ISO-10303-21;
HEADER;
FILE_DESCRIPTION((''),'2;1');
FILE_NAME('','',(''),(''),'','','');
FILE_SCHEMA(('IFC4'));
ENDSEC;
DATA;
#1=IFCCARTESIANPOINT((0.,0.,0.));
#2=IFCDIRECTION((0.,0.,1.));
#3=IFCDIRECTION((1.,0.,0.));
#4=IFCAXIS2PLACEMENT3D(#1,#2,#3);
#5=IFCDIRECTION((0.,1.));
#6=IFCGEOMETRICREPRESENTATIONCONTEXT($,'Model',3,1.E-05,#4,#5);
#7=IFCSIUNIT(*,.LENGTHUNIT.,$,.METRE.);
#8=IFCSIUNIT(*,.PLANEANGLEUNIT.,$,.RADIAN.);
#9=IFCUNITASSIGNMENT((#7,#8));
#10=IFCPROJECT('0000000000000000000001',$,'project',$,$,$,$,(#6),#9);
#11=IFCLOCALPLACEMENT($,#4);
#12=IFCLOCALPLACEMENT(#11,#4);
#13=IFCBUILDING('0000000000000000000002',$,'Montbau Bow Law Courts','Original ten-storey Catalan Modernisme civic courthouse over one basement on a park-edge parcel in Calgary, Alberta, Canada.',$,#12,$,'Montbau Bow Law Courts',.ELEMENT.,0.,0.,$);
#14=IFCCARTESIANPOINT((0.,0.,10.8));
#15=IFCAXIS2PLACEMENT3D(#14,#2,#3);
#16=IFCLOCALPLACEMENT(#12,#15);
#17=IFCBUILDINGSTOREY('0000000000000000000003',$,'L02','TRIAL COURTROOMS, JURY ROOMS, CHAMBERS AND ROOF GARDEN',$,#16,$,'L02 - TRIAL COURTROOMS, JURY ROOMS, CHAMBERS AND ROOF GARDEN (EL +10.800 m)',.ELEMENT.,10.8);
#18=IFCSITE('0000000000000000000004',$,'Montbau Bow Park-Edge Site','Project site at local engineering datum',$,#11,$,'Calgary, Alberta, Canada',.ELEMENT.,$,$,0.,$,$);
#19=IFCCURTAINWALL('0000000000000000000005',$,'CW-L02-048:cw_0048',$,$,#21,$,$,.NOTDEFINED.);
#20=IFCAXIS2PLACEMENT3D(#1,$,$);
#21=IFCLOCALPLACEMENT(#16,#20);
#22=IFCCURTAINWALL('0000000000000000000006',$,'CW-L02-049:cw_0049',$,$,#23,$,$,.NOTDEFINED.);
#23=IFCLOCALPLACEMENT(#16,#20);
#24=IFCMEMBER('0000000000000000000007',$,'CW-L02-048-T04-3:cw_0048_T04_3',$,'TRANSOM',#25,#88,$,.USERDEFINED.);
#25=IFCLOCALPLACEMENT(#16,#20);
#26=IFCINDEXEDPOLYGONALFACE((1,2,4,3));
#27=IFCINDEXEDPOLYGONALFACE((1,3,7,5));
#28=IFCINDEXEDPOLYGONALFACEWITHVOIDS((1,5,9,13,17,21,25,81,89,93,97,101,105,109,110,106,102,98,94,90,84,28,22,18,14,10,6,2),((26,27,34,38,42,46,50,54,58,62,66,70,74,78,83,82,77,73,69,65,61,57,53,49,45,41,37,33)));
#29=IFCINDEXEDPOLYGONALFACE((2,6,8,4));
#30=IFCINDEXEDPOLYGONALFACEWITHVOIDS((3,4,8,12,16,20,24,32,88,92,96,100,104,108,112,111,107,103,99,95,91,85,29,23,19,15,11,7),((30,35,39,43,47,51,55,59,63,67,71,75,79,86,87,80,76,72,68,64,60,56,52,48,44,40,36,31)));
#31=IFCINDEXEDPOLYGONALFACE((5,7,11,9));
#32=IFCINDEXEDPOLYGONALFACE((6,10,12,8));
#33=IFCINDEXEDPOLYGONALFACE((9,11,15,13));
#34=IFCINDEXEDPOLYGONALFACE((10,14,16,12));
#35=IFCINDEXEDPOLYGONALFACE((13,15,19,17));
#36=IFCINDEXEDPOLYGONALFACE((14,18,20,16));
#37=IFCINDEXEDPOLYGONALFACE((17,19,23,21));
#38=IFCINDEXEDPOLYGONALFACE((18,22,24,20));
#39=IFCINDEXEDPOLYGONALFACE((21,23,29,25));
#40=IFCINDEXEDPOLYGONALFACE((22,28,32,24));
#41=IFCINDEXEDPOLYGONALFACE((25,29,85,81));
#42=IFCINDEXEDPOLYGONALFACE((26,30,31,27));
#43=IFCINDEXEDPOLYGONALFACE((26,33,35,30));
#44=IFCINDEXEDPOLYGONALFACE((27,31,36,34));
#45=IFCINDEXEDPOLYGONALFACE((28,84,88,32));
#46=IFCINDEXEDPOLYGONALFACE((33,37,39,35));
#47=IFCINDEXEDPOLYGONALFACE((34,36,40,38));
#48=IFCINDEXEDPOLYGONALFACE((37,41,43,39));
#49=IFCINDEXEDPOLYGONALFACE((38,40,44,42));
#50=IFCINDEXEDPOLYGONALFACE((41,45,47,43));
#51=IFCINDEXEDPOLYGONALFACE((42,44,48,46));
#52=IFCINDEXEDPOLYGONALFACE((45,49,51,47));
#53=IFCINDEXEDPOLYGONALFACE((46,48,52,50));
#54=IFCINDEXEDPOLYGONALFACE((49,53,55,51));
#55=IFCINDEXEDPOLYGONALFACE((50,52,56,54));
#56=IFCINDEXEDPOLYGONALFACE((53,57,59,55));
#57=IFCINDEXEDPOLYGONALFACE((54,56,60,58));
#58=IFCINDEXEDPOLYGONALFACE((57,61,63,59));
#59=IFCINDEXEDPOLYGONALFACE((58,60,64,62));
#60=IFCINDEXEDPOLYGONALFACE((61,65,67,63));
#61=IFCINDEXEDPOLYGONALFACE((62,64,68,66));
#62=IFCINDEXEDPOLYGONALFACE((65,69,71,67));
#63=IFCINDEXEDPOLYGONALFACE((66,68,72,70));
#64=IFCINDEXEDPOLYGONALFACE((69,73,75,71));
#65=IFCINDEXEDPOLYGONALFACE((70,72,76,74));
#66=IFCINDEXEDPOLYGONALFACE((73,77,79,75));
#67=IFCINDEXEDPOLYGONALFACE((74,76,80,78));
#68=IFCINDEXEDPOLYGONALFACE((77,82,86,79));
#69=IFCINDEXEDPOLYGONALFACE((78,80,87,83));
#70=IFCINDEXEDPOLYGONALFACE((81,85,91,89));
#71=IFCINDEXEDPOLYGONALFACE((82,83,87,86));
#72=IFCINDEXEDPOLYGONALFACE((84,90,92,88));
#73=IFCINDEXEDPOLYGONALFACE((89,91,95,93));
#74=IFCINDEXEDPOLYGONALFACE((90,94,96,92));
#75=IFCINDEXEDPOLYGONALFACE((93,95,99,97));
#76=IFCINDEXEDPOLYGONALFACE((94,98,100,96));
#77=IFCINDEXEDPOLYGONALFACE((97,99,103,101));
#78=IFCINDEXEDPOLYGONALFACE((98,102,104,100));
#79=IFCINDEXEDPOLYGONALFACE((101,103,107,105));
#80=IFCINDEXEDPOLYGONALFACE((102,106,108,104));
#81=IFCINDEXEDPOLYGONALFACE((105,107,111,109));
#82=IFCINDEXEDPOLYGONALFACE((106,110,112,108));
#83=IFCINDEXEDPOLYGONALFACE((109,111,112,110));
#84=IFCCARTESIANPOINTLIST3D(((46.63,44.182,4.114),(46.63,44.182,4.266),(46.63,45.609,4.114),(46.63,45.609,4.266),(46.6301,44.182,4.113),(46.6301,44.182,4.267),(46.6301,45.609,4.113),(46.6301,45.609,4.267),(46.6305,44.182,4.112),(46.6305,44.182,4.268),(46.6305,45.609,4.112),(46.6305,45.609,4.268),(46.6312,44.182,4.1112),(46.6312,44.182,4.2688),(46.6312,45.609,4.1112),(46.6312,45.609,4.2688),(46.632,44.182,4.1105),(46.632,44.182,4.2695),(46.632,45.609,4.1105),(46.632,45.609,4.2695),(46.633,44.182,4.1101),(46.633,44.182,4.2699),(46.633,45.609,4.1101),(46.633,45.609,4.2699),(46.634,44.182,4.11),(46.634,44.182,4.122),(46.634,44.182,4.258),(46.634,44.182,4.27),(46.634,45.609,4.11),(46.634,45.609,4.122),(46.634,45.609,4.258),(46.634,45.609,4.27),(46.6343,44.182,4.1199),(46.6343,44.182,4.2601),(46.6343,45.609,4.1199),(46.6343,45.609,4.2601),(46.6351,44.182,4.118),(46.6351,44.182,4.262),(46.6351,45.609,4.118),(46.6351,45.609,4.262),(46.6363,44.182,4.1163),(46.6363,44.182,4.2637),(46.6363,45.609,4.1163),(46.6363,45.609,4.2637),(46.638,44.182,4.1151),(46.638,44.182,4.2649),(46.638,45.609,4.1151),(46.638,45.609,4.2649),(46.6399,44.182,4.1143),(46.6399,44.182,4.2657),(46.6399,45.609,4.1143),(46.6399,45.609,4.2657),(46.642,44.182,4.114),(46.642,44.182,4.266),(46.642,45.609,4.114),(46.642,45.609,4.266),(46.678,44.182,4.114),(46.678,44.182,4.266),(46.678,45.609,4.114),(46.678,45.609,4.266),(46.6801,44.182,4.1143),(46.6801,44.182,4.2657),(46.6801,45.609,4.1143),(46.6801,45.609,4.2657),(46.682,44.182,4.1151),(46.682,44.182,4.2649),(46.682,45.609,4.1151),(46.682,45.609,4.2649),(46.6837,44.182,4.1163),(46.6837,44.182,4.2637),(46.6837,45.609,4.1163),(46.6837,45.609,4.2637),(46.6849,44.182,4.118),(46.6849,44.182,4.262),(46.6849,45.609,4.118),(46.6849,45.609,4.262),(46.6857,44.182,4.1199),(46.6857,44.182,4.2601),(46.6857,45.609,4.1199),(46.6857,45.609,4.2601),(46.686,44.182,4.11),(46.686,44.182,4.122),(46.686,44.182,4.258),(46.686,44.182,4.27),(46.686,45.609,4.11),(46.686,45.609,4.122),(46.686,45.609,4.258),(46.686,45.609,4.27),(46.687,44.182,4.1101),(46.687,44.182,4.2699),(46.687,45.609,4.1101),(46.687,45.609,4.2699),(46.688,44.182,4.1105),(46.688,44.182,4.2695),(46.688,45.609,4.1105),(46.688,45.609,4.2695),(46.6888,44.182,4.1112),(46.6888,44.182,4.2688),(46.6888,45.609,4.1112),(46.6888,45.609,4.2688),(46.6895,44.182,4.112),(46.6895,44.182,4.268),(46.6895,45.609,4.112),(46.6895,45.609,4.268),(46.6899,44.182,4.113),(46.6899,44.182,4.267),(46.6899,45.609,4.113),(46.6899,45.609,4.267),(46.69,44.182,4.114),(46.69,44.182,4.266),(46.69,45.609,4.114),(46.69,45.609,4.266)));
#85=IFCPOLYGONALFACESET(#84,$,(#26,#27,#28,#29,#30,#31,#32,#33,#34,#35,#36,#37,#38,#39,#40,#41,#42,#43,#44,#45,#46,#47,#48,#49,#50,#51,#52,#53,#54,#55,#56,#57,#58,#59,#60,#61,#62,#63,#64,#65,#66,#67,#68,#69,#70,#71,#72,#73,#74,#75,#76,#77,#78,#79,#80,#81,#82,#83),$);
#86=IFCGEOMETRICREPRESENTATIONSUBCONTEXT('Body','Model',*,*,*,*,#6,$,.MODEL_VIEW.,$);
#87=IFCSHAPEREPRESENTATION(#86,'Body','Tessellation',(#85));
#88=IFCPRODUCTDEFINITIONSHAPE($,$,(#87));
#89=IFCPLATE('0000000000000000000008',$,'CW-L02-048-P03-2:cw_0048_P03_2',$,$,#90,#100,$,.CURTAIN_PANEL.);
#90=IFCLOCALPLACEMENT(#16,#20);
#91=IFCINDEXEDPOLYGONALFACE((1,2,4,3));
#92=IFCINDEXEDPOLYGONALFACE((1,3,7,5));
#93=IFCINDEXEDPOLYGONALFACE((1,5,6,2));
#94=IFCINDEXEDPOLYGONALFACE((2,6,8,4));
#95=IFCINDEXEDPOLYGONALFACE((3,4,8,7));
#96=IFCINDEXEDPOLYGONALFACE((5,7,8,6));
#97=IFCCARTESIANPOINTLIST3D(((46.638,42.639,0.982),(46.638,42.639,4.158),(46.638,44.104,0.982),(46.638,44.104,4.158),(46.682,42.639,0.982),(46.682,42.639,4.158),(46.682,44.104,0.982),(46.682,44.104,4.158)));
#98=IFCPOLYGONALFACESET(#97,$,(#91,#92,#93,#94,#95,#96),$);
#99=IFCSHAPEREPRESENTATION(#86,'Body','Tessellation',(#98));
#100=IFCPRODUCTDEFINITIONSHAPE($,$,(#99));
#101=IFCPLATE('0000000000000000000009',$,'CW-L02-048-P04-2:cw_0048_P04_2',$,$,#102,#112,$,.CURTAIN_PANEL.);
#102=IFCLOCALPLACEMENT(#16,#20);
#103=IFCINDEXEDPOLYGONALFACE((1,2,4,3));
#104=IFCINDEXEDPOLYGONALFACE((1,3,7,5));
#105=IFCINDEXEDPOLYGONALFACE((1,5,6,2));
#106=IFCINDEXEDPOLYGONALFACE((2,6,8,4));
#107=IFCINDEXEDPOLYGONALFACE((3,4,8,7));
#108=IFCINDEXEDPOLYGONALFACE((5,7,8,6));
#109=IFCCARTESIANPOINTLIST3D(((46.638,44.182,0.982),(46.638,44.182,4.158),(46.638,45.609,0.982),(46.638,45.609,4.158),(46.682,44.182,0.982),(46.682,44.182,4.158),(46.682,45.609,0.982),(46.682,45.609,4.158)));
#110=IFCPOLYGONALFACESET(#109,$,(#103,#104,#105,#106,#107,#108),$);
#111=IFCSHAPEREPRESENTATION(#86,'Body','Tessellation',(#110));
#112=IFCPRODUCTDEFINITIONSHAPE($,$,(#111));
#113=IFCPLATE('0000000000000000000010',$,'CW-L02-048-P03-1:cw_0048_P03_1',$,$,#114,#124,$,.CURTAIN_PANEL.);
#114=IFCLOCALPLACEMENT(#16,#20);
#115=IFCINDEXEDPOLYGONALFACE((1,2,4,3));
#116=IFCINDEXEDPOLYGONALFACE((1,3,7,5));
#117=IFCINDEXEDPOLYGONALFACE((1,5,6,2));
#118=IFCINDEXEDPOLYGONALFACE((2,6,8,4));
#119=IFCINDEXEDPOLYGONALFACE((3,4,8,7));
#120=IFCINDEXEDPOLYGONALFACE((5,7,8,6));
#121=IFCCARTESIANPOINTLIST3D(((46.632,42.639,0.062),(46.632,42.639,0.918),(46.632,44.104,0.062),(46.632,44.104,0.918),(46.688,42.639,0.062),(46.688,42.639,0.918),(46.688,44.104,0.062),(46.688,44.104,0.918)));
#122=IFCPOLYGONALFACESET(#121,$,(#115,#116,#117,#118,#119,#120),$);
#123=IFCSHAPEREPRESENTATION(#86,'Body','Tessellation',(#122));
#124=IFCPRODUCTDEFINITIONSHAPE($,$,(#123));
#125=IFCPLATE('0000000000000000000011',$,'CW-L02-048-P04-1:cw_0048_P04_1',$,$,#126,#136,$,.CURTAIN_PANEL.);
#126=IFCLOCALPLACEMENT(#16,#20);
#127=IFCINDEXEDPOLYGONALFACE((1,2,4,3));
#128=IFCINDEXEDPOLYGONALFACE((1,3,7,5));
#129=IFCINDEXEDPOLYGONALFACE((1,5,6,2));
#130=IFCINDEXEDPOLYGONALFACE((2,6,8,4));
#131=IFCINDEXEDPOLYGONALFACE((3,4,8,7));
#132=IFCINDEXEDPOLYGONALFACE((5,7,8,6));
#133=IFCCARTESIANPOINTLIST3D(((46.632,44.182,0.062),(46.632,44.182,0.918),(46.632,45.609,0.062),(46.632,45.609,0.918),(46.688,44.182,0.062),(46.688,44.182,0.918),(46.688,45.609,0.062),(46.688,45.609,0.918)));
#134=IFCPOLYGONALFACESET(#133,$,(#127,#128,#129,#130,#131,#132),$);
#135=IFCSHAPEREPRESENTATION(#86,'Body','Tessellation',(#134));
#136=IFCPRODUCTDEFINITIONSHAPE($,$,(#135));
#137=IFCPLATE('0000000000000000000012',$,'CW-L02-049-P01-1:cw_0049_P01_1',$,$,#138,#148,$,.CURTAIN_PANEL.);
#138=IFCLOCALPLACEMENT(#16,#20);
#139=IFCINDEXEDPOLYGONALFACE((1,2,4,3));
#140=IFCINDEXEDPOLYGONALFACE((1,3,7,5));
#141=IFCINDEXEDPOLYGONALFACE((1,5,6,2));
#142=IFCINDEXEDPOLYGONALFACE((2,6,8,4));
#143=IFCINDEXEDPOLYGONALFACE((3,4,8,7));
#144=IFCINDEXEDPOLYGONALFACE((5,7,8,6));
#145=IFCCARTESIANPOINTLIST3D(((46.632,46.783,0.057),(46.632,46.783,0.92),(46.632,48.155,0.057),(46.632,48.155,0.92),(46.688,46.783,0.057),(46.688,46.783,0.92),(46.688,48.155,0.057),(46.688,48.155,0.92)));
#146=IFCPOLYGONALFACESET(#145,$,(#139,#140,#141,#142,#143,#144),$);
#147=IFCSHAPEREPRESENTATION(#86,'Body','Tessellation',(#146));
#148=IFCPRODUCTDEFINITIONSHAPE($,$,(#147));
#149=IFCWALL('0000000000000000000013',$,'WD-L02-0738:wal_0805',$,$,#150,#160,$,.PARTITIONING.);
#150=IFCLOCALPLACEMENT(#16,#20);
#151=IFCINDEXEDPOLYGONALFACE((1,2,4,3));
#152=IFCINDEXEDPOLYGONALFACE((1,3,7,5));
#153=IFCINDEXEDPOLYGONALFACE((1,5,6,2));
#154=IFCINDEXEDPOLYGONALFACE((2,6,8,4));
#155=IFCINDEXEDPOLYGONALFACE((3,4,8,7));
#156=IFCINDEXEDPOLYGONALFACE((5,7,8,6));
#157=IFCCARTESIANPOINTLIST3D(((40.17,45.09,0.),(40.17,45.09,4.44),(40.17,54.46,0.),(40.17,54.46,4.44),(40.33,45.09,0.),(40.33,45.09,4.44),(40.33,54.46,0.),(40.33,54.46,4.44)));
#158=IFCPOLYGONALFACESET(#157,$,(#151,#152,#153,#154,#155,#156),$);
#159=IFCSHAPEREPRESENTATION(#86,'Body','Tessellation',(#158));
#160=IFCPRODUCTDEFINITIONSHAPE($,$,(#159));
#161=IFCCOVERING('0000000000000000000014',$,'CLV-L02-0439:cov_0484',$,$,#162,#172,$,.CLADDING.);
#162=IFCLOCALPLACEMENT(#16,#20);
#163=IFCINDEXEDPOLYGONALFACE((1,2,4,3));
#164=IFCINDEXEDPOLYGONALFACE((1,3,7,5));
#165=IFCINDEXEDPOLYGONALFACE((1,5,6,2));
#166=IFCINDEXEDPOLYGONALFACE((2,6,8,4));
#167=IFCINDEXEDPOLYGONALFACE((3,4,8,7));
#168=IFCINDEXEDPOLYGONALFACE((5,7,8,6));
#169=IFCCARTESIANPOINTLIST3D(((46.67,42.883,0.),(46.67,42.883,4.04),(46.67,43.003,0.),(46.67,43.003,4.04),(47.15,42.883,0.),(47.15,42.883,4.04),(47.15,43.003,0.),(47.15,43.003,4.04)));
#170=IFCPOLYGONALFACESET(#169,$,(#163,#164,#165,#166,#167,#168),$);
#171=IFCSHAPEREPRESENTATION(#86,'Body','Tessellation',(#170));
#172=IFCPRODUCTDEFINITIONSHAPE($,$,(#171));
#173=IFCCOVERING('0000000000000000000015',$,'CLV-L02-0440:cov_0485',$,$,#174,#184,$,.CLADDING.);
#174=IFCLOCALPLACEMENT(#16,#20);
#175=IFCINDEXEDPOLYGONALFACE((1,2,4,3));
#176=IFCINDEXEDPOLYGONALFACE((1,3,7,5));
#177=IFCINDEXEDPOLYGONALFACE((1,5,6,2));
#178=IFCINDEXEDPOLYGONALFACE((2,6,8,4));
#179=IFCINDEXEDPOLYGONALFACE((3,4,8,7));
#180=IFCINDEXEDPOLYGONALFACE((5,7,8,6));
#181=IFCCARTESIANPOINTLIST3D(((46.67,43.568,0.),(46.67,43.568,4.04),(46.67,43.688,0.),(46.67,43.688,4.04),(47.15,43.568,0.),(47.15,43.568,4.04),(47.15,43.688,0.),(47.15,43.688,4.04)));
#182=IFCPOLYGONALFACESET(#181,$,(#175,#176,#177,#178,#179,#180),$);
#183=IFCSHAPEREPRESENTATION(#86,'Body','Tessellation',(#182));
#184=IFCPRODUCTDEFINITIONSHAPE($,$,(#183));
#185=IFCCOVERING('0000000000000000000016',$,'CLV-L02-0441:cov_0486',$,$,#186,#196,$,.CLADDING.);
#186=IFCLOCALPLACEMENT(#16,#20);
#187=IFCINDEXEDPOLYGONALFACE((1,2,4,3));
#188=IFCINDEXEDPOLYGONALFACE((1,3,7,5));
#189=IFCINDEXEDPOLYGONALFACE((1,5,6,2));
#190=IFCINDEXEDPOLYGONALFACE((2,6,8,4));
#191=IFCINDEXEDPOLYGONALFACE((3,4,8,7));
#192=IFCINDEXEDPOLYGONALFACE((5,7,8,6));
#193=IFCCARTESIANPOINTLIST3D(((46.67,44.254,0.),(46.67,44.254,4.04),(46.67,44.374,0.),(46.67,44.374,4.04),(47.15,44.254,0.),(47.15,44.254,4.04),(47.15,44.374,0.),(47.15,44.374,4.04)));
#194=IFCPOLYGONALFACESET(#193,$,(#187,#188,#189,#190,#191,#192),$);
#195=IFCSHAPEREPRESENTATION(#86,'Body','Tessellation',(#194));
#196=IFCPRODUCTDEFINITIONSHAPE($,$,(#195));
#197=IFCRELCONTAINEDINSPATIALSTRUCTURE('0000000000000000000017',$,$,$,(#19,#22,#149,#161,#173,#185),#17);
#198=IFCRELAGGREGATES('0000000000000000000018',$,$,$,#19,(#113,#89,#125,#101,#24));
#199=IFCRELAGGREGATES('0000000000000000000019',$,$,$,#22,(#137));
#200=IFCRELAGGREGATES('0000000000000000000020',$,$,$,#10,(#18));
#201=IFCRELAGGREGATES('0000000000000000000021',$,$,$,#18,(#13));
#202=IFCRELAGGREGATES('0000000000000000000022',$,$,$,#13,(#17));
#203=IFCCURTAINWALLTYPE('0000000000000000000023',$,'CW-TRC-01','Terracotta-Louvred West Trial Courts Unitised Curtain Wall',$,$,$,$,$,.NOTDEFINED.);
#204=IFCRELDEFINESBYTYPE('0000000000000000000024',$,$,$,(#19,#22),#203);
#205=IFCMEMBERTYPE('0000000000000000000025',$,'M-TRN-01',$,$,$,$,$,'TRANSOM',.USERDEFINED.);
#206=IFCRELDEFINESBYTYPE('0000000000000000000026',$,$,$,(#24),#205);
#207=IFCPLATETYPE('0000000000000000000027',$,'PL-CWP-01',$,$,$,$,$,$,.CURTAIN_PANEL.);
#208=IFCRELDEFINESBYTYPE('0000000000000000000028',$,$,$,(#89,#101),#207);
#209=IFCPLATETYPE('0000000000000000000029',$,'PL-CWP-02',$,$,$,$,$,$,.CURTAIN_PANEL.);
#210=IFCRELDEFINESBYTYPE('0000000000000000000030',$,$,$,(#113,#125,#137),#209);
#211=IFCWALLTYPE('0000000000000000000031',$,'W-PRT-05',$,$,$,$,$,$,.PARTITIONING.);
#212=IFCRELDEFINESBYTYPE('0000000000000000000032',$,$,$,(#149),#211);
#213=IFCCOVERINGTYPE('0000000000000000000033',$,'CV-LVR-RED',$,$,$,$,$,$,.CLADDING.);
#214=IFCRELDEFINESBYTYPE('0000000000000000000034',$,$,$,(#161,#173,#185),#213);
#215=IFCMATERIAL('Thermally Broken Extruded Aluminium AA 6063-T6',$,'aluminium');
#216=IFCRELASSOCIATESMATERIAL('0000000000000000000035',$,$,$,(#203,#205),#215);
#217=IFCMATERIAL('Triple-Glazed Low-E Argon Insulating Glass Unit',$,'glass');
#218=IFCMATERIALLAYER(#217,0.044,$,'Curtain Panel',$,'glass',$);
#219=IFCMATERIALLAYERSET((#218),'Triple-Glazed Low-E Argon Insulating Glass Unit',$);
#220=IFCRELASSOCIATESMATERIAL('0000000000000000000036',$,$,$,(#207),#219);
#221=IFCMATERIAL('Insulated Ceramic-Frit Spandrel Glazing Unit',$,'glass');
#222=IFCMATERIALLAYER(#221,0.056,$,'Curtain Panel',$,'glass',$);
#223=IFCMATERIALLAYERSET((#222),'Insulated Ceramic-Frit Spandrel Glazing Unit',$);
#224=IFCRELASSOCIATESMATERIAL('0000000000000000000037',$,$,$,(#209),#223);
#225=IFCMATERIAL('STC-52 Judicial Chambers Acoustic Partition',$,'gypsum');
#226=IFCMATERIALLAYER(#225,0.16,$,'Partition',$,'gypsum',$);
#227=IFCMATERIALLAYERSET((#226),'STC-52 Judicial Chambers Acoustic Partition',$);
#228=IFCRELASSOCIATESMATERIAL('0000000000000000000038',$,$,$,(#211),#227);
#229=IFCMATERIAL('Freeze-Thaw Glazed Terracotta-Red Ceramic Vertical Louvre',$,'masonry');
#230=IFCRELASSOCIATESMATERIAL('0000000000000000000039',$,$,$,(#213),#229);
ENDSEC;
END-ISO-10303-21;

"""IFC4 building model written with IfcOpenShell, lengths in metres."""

from ifc_helpers import new_model, si_unit, direction, frame, frame_2d, origin_with_axes, origin_2d_with_axis, place, context, subcontext, project, spatial, rectangle, hollow_rectangle, extrude, material, layer, layer_set, material_profile, profile_set, type_object, element, aggregate, save


model = new_model("IFC4")

# Units and contexts
model_context = context("Model", 3, precision=1e-05, world=origin_with_axes(), true_north=direction((0.0, 1.0)))
body_context = subcontext(model_context, "Body", "Model", "MODEL_VIEW")
ifc_project = project(units=[si_unit("LENGTHUNIT", "METRE"), si_unit("PLANEANGLEUNIT", "RADIAN")], contexts=[model_context])

# Site, building, storey
site_placement = place(None, origin_with_axes())
site = spatial("IfcSite", under=ifc_project, at=site_placement, Name="Montbau Bow Park-Edge Site", Description="Project site at local engineering datum", LongName="Calgary, Alberta, Canada", CompositionType="ELEMENT", RefElevation=0.0)
building_placement = place(site_placement, origin_with_axes())
building = spatial("IfcBuilding", under=site, at=building_placement, Name="Montbau Bow Law Courts", Description="Original ten-storey Catalan Modernisme civic courthouse over one basement on a park-edge parcel in Calgary, Alberta, Canada.", LongName="Montbau Bow Law Courts", CompositionType="ELEMENT", ElevationOfRefHeight=0.0, ElevationOfTerrain=0.0)
storey_placement = place(building_placement, frame((0.0, 0.0, 10.8), z_axis=(0.0, 0.0, 1.0), x_axis=(1.0, 0.0, 0.0)))
storey = spatial("IfcBuildingStorey", under=building, at=storey_placement, Name="L02", Description="TRIAL COURTROOMS, JURY ROOMS, CHAMBERS AND ROOF GARDEN", LongName="L02 - TRIAL COURTROOMS, JURY ROOMS, CHAMBERS AND ROOF GARDEN (EL +10.800 m)", CompositionType="ELEMENT", Elevation=10.8)

# Curtain wall
ifc_material_1 = material(Name="Thermally Broken Extruded Aluminium AA 6063-T6", Category="aluminium")
curtain_wall_type = type_object("IfcCurtainWallType", Name="CW-TRC-01", Description="Terracotta-Louvred West Trial Courts Unitised Curtain Wall", PredefinedType="NOTDEFINED", material=ifc_material_1)
curtain_wall_1_placement = place(None, frame((46.66, 39.515, 10.8), z_axis=(0.0, 0.0, 1.0), x_axis=(1.0, 0.0, 0.0)))
curtain_wall_1 = element("IfcCurtainWall", 1, at=curtain_wall_1_placement, inside=storey, type_object=curtain_wall_type, Name="CW-L02-048:cw_0048", PredefinedType="NOTDEFINED")

# Curtain wall
curtain_wall_2_placement = place(None, frame((46.66, 46.715, 10.8), z_axis=(0.0, 0.0, 1.0), x_axis=(1.0, 0.0, 0.0)))
curtain_wall_2 = element("IfcCurtainWall", 2, at=curtain_wall_2_placement, inside=storey, type_object=curtain_wall_type, Name="CW-L02-049:cw_0049", PredefinedType="NOTDEFINED")

# Member
ifc_material_profile_1 = material_profile(ifc_material_1, hollow_rectangle(XDim=0.06, YDim=0.16, WallThickness=0.004, InnerFilletRadius=0.008, OuterFilletRadius=0.004, at=origin_2d_with_axis()), Name="CWT-160X60", Category="Main", Priority=0)
ifc_profile_set_1 = profile_set([ifc_material_profile_1], Name="Thermally Broken Extruded Aluminium AA 6063-T6")
member_type_1 = type_object("IfcMemberType", Name="M-TRN-01", ElementType="TRANSOM", PredefinedType="USERDEFINED", material=ifc_profile_set_1)
member_1_placement = place(None, frame((46.66, 44.182, 14.99), z_axis=(0.0, 1.0, 0.0), x_axis=(-1.0, 0.0, 0.0)))
member_1 = element("IfcMember", 3, at=member_1_placement, type_object=member_type_1, Name="CW-L02-048-T04-3:cw_0048_T04_3", ObjectType="TRANSOM", PredefinedType="USERDEFINED", context=body_context, shape_type="SweptSolid", body=[
    extrude(hollow_rectangle(XDim=0.06, YDim=0.16, WallThickness=0.004, InnerFilletRadius=0.008, OuterFilletRadius=0.004, at=origin_2d_with_axis()), origin_with_axes(), (0.0, 0.0, 1.0), 1.427),
])

# Plates
ifc_material_2 = material(Name="Triple-Glazed Low-E Argon Insulating Glass Unit", Category="glass")
ifc_layer_1 = layer(ifc_material_2, 0.044, Name="Curtain Panel", Category="glass")
ifc_layer_set_1 = layer_set([ifc_layer_1], Name="Triple-Glazed Low-E Argon Insulating Glass Unit")
plate_type_1 = type_object("IfcPlateType", Name="PL-CWP-01", PredefinedType="CURTAIN_PANEL", material=ifc_layer_set_1)
plate_1_placement = place(None, frame((46.66, 42.639, 11.782), z_axis=(1.0, 0.0, 0.0), x_axis=(0.0, 1.0, 0.0)))
plate_1 = element("IfcPlate", 4, at=plate_1_placement, type_object=plate_type_1, Name="CW-L02-048-P03-2:cw_0048_P03_2", PredefinedType="CURTAIN_PANEL", context=body_context, shape_type="SweptSolid", body=[
    extrude(rectangle(XDim=1.465, YDim=3.176, at=frame_2d((0.7325, 1.588), x_axis=(1.0, 0.0))), frame((0.0, 0.0, -0.022), z_axis=(0.0, 0.0, 1.0), x_axis=(1.0, 0.0, 0.0)), (0.0, 0.0, 1.0), 0.044),
])
plate_2_placement = place(None, frame((46.66, 44.182, 11.782), z_axis=(1.0, 0.0, 0.0), x_axis=(0.0, 1.0, 0.0)))
plate_2 = element("IfcPlate", 5, at=plate_2_placement, type_object=plate_type_1, Name="CW-L02-048-P04-2:cw_0048_P04_2", PredefinedType="CURTAIN_PANEL", context=body_context, shape_type="SweptSolid", body=[
    extrude(rectangle(XDim=1.427, YDim=3.176, at=frame_2d((0.7135, 1.588), x_axis=(1.0, 0.0))), frame((0.0, 0.0, -0.022), z_axis=(0.0, 0.0, 1.0), x_axis=(1.0, 0.0, 0.0)), (0.0, 0.0, 1.0), 0.044),
])
ifc_material_3 = material(Name="Insulated Ceramic-Frit Spandrel Glazing Unit", Category="glass")
ifc_layer_2 = layer(ifc_material_3, 0.056, Name="Curtain Panel", Category="glass")
ifc_layer_set_2 = layer_set([ifc_layer_2], Name="Insulated Ceramic-Frit Spandrel Glazing Unit")
plate_type_2 = type_object("IfcPlateType", Name="PL-CWP-02", PredefinedType="CURTAIN_PANEL", material=ifc_layer_set_2)
plate_3_placement = place(None, frame((46.66, 42.639, 10.862), z_axis=(1.0, 0.0, 0.0), x_axis=(0.0, 1.0, 0.0)))
plate_3 = element("IfcPlate", 6, at=plate_3_placement, type_object=plate_type_2, Name="CW-L02-048-P03-1:cw_0048_P03_1", PredefinedType="CURTAIN_PANEL", context=body_context, shape_type="SweptSolid", body=[
    extrude(rectangle(XDim=1.465, YDim=0.856, at=frame_2d((0.7325, 0.428), x_axis=(1.0, 0.0))), frame((0.0, 0.0, -0.028), z_axis=(0.0, 0.0, 1.0), x_axis=(1.0, 0.0, 0.0)), (0.0, 0.0, 1.0), 0.056),
])
plate_4_placement = place(None, frame((46.66, 44.182, 10.862), z_axis=(1.0, 0.0, 0.0), x_axis=(0.0, 1.0, 0.0)))
plate_4 = element("IfcPlate", 7, at=plate_4_placement, type_object=plate_type_2, Name="CW-L02-048-P04-1:cw_0048_P04_1", PredefinedType="CURTAIN_PANEL", context=body_context, shape_type="SweptSolid", body=[
    extrude(rectangle(XDim=1.427, YDim=0.856, at=frame_2d((0.7135, 0.428), x_axis=(1.0, 0.0))), frame((0.0, 0.0, -0.028), z_axis=(0.0, 0.0, 1.0), x_axis=(1.0, 0.0, 0.0)), (0.0, 0.0, 1.0), 0.056),
])
aggregate(curtain_wall_1, [plate_3, plate_1, plate_4, plate_2, member_1])
plate_5_placement = place(None, frame((46.66, 46.783, 10.857), z_axis=(1.0, 0.0, 0.0), x_axis=(0.0, 1.0, 0.0)))
plate_5 = element("IfcPlate", 8, at=plate_5_placement, type_object=plate_type_2, Name="CW-L02-049-P01-1:cw_0049_P01_1", PredefinedType="CURTAIN_PANEL", context=body_context, shape_type="SweptSolid", body=[
    extrude(rectangle(XDim=1.372, YDim=0.863, at=frame_2d((0.686, 0.4315), x_axis=(1.0, 0.0))), frame((0.0, 0.0, -0.028), z_axis=(0.0, 0.0, 1.0), x_axis=(1.0, 0.0, 0.0)), (0.0, 0.0, 1.0), 0.056),
])
aggregate(curtain_wall_2, [plate_5])

# Wall
ifc_material_4 = material(Name="STC-52 Judicial Chambers Acoustic Partition", Category="gypsum")
ifc_layer_3 = layer(ifc_material_4, 0.16, Name="Partition", Category="gypsum")
ifc_layer_set_3 = layer_set([ifc_layer_3], Name="STC-52 Judicial Chambers Acoustic Partition")
wall_type = type_object("IfcWallType", Name="W-PRT-05", PredefinedType="PARTITIONING", material=ifc_layer_set_3)
wall_placement = place(None, frame((40.25, 45.09, 10.8), z_axis=(0.0, 0.0, 1.0), x_axis=(0.0, 1.0, 0.0)))
element("IfcWall", 9, at=wall_placement, inside=storey, type_object=wall_type, Name="WD-L02-0738:wal_0805", PredefinedType="PARTITIONING", context=body_context, shape_type="SweptSolid", body=[
    extrude(rectangle(XDim=9.37, YDim=0.16, at=frame_2d((4.685, 0.0), x_axis=(1.0, 0.0))), origin_with_axes(), (0.0, 0.0, 1.0), 4.44),
])

# Coverings
ifc_material_5 = material(Name="Freeze-Thaw Glazed Terracotta-Red Ceramic Vertical Louvre", Category="masonry")
covering_type = type_object("IfcCoveringType", Name="CV-LVR-RED", PredefinedType="CLADDING", material=ifc_material_5)
for number, where, z_axis, x_axis, name in (
    (10, (46.67, 42.943, 10.8), (0.0, -1.0, 0.0), (1.0, 0.0, 0.0), "CLV-L02-0439:cov_0484"),
    (11, (46.67, 43.628, 10.8), (0.0, -1.0, 0.0), (1.0, 0.0, 0.0), "CLV-L02-0440:cov_0485"),
    (12, (46.67, 44.314, 10.8), (0.0, -1.0, 0.0), (1.0, 0.0, 0.0), "CLV-L02-0441:cov_0486"),
):
    element("IfcCovering", number, at=place(None, frame(where, z_axis=z_axis, x_axis=x_axis)), inside=storey, type_object=covering_type, Name=name, PredefinedType="CLADDING", context=body_context, shape_type="SweptSolid", body=[
        extrude(rectangle(XDim=0.48, YDim=4.04, at=frame_2d((0.24, 2.02), x_axis=(1.0, 0.0))), frame((0.0, 0.0, -0.06), z_axis=(0.0, 0.0, 1.0), x_axis=(1.0, 0.0, 0.0)), (0.0, 0.0, 1.0), 0.12),
    ])

save(model, "model.ifc")
